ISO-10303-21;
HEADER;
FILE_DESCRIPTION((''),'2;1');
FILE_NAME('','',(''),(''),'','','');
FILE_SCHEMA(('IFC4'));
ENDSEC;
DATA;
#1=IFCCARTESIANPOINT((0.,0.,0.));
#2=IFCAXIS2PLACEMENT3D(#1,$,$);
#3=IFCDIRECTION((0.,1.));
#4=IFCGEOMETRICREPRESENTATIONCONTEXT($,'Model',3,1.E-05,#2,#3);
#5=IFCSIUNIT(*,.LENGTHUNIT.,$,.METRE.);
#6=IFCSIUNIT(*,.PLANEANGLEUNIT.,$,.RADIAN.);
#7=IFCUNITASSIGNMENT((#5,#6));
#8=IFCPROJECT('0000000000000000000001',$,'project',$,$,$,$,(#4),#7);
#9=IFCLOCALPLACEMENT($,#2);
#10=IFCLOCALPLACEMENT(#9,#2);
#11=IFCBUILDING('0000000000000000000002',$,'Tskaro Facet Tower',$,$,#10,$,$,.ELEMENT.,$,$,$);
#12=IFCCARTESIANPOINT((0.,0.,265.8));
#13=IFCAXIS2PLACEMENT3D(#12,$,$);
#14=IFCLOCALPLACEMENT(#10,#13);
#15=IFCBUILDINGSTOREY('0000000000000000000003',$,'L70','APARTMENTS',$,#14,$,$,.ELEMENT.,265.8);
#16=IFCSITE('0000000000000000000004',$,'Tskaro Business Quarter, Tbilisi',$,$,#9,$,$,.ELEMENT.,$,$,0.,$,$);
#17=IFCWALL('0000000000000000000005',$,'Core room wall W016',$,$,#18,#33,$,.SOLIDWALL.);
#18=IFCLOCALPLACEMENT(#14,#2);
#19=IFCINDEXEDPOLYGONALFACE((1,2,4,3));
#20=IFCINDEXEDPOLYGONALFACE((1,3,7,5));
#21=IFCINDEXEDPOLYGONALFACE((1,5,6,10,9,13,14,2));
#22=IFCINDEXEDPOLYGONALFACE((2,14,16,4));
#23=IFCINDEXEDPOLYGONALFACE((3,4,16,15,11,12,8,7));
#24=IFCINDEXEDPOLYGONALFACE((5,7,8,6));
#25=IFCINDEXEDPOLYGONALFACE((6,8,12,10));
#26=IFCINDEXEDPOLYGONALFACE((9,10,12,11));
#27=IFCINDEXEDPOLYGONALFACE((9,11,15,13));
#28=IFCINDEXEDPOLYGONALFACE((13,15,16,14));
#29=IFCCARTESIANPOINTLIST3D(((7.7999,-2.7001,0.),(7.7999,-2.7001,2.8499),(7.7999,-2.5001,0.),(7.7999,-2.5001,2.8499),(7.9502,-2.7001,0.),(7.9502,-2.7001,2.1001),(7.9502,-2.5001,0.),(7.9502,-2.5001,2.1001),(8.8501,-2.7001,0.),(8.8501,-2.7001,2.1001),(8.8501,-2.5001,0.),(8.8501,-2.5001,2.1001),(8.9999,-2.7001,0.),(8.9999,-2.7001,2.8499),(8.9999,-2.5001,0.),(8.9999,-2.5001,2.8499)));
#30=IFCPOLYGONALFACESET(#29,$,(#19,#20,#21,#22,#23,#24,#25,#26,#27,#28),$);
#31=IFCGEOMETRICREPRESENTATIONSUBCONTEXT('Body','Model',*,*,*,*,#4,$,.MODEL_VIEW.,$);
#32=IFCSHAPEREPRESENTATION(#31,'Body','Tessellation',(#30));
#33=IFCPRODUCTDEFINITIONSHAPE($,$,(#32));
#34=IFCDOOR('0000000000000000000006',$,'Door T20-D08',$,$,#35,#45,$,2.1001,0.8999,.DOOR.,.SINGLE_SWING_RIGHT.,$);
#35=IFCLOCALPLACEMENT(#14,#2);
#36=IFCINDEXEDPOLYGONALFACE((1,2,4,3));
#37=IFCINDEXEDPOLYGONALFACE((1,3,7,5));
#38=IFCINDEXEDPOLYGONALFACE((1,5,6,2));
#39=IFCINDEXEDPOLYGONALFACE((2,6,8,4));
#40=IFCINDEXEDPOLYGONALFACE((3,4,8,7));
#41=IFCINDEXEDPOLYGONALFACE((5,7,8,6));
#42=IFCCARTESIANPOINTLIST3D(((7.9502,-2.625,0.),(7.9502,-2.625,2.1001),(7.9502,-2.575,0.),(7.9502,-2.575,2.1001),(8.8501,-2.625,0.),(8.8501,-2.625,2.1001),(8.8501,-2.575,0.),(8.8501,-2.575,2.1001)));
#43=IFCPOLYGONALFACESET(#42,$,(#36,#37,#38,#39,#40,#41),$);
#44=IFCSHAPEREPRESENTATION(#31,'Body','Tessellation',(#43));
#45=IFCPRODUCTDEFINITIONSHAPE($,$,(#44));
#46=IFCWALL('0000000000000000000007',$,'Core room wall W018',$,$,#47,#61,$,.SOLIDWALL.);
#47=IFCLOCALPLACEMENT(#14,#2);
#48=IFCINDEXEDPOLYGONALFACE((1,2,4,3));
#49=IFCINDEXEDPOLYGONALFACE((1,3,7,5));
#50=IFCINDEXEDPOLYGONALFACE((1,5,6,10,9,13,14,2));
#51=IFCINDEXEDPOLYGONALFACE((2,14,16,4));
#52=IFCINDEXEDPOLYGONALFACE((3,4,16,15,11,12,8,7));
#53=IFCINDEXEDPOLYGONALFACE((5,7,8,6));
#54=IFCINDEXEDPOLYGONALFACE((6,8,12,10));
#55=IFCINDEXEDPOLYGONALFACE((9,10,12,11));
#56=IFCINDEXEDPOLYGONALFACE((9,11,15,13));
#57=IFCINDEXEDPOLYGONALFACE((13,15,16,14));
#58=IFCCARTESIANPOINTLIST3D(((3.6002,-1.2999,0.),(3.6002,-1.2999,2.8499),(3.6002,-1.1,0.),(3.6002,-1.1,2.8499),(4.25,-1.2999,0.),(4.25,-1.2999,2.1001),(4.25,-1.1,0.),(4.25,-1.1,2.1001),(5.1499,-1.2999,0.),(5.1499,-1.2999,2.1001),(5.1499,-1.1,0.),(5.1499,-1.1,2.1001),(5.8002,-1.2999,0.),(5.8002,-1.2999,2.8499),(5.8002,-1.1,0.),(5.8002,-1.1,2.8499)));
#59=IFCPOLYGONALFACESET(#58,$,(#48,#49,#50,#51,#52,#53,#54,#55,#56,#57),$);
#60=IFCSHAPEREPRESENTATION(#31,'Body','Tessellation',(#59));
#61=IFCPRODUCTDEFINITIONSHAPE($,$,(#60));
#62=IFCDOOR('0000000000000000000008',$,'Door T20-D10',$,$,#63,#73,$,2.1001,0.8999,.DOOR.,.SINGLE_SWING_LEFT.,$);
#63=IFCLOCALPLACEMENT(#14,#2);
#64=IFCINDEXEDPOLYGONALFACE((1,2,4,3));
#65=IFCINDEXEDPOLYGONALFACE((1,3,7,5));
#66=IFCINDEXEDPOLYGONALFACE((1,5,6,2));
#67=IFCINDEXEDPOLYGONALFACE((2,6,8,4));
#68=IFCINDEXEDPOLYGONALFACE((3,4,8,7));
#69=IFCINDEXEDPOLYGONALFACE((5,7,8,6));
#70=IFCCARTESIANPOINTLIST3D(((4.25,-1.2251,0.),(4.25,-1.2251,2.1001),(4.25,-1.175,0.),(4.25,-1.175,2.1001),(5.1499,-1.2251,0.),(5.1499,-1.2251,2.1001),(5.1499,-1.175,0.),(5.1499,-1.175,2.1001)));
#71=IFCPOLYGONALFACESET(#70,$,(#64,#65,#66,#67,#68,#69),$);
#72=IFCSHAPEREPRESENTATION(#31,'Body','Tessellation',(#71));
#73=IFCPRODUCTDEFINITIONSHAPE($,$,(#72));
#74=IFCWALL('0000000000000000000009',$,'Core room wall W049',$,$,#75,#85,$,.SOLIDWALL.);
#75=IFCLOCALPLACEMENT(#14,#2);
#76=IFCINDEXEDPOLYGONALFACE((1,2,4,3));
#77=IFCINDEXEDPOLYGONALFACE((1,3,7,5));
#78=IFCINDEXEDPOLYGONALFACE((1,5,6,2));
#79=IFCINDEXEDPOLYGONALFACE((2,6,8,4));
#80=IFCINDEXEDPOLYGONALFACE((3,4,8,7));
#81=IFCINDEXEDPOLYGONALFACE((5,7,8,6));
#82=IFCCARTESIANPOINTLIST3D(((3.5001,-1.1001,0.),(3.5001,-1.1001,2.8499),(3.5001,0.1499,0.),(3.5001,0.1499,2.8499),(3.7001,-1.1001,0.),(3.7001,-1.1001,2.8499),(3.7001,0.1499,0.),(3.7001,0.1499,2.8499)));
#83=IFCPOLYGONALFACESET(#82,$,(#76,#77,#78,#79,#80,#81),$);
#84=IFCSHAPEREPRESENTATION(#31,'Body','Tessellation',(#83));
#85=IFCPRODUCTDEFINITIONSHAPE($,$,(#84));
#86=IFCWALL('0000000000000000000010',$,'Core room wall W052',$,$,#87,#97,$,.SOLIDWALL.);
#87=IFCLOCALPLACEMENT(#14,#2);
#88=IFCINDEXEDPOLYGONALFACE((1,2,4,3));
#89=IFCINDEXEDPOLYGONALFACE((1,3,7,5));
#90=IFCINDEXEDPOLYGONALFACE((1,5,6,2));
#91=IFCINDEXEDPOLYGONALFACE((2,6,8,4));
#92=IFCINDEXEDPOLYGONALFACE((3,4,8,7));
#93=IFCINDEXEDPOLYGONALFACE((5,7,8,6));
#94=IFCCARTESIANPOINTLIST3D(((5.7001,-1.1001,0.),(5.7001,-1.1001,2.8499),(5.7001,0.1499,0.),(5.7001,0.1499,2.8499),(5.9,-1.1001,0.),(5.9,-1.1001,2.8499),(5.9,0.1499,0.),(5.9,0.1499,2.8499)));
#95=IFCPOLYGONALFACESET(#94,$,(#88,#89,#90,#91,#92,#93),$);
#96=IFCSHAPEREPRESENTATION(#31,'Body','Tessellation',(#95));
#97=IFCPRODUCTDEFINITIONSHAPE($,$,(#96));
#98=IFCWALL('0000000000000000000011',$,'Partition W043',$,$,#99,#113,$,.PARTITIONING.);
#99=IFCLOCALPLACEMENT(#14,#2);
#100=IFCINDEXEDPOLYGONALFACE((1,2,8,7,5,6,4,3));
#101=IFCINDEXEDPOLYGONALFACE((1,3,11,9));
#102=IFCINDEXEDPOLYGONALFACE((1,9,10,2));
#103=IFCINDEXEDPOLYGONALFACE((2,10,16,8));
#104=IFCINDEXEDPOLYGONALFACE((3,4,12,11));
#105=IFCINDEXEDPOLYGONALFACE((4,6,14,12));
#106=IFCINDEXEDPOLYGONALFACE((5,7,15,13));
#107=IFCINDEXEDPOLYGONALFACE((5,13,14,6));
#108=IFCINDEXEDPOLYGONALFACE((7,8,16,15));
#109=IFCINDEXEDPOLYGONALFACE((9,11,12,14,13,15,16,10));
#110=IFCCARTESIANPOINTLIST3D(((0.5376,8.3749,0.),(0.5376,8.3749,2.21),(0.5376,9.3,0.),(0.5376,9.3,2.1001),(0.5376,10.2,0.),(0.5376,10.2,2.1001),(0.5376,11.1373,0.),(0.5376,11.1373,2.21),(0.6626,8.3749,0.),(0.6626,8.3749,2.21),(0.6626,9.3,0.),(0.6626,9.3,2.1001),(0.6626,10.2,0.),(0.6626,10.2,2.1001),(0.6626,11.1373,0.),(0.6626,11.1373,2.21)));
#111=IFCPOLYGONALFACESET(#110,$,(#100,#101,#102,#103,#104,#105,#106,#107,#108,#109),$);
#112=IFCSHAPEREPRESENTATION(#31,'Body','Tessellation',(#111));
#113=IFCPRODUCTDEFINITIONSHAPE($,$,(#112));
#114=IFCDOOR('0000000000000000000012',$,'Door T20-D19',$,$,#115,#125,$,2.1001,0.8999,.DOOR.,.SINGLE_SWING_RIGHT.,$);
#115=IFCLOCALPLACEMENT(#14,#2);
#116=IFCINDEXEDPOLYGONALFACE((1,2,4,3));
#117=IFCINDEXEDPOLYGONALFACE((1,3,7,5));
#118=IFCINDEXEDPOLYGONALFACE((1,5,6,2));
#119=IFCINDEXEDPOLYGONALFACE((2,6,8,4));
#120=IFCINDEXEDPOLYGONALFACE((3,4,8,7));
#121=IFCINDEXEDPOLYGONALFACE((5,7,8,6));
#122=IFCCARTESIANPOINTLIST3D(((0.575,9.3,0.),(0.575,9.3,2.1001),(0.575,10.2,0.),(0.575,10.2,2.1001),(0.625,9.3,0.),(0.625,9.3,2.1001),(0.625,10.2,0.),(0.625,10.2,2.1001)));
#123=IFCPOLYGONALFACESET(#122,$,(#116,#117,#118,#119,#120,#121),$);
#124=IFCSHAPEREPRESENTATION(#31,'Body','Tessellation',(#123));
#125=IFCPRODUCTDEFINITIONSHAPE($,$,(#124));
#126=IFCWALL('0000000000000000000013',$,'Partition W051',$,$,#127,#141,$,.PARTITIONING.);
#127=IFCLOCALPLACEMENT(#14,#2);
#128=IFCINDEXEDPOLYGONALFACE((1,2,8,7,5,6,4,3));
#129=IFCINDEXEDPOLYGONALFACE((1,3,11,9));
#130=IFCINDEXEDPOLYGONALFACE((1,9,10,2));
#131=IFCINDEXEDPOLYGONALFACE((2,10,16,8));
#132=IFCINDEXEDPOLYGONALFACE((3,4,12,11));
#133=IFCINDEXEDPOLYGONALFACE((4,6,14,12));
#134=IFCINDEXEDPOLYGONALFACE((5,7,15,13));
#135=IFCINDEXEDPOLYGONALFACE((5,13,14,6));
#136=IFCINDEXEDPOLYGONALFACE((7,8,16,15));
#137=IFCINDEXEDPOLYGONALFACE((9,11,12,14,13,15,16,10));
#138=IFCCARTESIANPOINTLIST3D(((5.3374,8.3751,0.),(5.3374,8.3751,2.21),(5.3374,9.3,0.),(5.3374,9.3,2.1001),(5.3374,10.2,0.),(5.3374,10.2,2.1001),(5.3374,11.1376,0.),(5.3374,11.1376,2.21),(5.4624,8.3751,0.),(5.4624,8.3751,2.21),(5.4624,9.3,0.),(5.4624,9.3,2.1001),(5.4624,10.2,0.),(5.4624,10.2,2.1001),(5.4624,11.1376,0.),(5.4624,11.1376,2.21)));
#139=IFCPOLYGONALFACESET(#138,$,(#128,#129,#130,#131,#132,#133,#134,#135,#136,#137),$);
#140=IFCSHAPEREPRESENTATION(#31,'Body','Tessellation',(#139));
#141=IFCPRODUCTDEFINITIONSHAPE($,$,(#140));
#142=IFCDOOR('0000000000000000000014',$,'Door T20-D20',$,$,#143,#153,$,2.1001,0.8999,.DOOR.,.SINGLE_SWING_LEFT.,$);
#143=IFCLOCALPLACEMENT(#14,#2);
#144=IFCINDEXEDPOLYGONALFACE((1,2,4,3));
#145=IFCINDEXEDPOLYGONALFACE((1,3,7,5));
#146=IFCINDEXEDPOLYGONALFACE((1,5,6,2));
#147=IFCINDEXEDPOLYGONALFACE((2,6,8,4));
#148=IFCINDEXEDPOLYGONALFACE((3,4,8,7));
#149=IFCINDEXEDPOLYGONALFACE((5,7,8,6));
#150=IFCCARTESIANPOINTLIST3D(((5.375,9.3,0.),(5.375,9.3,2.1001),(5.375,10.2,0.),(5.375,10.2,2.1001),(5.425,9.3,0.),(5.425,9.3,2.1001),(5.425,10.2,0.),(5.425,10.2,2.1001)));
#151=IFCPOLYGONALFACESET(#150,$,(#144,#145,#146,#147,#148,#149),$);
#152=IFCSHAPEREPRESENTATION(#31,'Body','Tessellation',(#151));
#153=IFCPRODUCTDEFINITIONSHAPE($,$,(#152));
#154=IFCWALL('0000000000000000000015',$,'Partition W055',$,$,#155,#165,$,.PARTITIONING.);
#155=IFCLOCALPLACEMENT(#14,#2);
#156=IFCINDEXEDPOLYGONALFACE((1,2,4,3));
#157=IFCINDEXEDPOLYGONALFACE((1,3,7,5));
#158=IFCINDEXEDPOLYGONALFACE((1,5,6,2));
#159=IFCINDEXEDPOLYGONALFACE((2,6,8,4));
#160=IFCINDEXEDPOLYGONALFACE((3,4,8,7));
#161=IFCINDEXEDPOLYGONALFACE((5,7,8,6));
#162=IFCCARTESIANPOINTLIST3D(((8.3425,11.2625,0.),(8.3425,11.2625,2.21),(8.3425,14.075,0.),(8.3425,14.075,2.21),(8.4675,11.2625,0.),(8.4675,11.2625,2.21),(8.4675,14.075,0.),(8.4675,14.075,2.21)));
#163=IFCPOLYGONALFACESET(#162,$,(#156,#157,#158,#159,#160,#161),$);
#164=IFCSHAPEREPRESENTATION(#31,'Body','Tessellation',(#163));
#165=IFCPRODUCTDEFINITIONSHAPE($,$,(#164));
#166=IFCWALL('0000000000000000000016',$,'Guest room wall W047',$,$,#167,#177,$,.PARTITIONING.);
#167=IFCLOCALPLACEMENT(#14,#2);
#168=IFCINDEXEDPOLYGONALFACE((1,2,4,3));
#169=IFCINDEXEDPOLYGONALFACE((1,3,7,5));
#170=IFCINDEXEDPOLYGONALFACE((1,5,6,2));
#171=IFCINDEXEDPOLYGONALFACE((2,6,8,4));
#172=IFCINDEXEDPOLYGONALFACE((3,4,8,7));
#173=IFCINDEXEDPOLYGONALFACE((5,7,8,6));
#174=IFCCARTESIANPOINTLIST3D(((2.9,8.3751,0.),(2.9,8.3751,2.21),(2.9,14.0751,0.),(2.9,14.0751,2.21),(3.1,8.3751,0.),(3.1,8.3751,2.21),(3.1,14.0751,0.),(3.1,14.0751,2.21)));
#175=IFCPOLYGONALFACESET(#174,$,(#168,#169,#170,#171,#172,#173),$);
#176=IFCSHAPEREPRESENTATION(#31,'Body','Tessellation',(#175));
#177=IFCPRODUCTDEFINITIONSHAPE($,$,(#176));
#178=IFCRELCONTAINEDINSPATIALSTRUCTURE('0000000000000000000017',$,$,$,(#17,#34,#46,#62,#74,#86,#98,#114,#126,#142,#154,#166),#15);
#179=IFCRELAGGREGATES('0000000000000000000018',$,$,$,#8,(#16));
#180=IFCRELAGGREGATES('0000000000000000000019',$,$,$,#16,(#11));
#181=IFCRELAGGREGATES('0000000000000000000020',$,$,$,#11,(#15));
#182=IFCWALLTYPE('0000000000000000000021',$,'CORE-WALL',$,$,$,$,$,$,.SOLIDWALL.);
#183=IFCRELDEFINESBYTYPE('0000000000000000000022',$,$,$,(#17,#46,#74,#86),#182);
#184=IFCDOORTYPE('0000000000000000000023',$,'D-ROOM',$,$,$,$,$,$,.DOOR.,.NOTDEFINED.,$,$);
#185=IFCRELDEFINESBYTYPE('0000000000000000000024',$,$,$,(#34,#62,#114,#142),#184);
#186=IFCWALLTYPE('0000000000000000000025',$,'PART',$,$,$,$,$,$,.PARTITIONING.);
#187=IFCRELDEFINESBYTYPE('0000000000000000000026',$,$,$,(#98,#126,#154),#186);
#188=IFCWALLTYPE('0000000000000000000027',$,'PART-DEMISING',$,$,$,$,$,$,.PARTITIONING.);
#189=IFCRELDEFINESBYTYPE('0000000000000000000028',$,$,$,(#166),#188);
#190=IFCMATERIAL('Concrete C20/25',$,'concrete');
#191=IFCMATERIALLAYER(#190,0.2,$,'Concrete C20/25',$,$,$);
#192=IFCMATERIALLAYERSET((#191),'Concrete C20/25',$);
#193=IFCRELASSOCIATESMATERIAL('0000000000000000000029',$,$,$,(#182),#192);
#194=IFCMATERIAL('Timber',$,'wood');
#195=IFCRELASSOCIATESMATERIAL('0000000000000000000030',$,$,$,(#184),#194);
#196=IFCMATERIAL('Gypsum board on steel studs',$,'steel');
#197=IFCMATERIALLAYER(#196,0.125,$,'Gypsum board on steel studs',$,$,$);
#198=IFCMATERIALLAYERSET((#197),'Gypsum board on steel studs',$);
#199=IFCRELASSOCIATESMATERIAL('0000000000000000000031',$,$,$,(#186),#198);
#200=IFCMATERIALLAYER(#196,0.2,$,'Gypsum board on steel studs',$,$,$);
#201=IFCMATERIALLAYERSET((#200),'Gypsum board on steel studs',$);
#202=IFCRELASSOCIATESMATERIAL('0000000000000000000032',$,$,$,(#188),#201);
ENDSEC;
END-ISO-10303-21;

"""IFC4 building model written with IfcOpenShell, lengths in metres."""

from ifc_helpers import new_model, si_unit, direction, frame, frame_2d, origin, place, context, subcontext, project, spatial, rectangle, extrude, material, layer, layer_set, type_object, element, fill, save


model = new_model("IFC4")

# Units and contexts
model_context = context("Model", 3, precision=1e-05, world=origin(), true_north=direction((0.0, 1.0)))
body_context = subcontext(model_context, "Body", "Model", "MODEL_VIEW")
ifc_project = project(units=[si_unit("LENGTHUNIT", "METRE"), si_unit("PLANEANGLEUNIT", "RADIAN")], contexts=[model_context])

# Site, building, storey
site_placement = place(None, origin())
site = spatial("IfcSite", under=ifc_project, at=site_placement, Name="Tskaro Business Quarter, Tbilisi", CompositionType="ELEMENT", RefElevation=0.0)
building_placement = place(site_placement, origin())
building = spatial("IfcBuilding", under=site, at=building_placement, Name="Tskaro Facet Tower", CompositionType="ELEMENT")
storey_placement = place(building_placement, frame((0.0, 0.0, 265.8)))
storey = spatial("IfcBuildingStorey", under=building, at=storey_placement, Name="L70", Description="APARTMENTS", CompositionType="ELEMENT", Elevation=265.8)

# Shared definitions
ifc_material_1 = material(Name="Concrete C20/25", Category="concrete")
ifc_layer_1 = layer(ifc_material_1, 0.2, Name="Concrete C20/25")
ifc_layer_set_1 = layer_set([ifc_layer_1], Name="Concrete C20/25")
wall_type_1 = type_object("IfcWallType", Name="CORE-WALL", PredefinedType="SOLIDWALL", material=ifc_layer_set_1)
ifc_material_2 = material(Name="Timber", Category="wood")
door_type_1 = type_object("IfcDoorType", Name="D-ROOM", OperationType="NOTDEFINED", PredefinedType="DOOR", material=ifc_material_2)

# Walls, openings, doors
wall_1_placement = place(storey_placement, frame((9.0, -2.6001, 0.0), z_axis=(0.0, 0.0, 1.0), x_axis=(-1.0, 0.0, 0.0)))
wall_1 = element("IfcWall", 1, at=wall_1_placement, inside=storey, type_object=wall_type_1, Name="Core room wall W016", PredefinedType="SOLIDWALL", context=body_context, shape_type="SweptSolid", body=[
    extrude(rectangle(XDim=1.2, YDim=0.2, at=frame_2d((0.6001, 0.0))), origin(), (0.0, 0.0, 1.0), 2.8499),
])
opening_1_placement = place(wall_1_placement, frame((0.1499, 0.0, 0.0)))
opening_1 = element("IfcOpeningElement", 2, at=opening_1_placement, cuts=wall_1, PredefinedType="OPENING", context=body_context, shape_type="SweptSolid", body=[
    extrude(rectangle(XDim=0.8999, YDim=2.1001, at=frame_2d((0.45, 1.05))), frame((0.0, 0.1099, 0.0), z_axis=(0.0, -1.0, 0.0), x_axis=(1.0, 0.0, 0.0)), (0.0, 0.0, 1.0), 0.22),
])
door_1_placement = place(opening_1_placement, origin())
door_1 = element("IfcDoor", 3, at=door_1_placement, inside=storey, type_object=door_type_1, Name="Door T20-D08", OperationType="SINGLE_SWING_RIGHT", OverallHeight=2.1001, OverallWidth=0.8999, PredefinedType="DOOR", context=body_context, shape_type="SweptSolid", body=[
    extrude(rectangle(XDim=0.8999, YDim=2.1001, at=frame_2d((0.45, 1.05))), frame((0.0, 0.0249, 0.0), z_axis=(0.0, -1.0, 0.0), x_axis=(1.0, 0.0, 0.0)), (0.0, 0.0, 1.0), 0.05),
])
fill(opening_1, door_1)
wall_2_placement = place(storey_placement, frame((3.6001, -1.2, 0.0), z_axis=(0.0, 0.0, 1.0), x_axis=(1.0, 0.0, 0.0)))
wall_2 = element("IfcWall", 4, at=wall_2_placement, inside=storey, type_object=wall_type_1, Name="Core room wall W018", PredefinedType="SOLIDWALL", context=body_context, shape_type="SweptSolid", body=[
    extrude(rectangle(XDim=2.2, YDim=0.2, at=frame_2d((1.1001, 0.0))), origin(), (0.0, 0.0, 1.0), 2.8499),
])
opening_2_placement = place(wall_2_placement, frame((0.6499, 0.0, 0.0)))
opening_2 = element("IfcOpeningElement", 5, at=opening_2_placement, cuts=wall_2, PredefinedType="OPENING", context=body_context, shape_type="SweptSolid", body=[
    extrude(rectangle(XDim=0.8999, YDim=2.1001, at=frame_2d((0.45, 1.05))), frame((0.0, 0.1099, 0.0), z_axis=(0.0, -1.0, 0.0), x_axis=(1.0, 0.0, 0.0)), (0.0, 0.0, 1.0), 0.22),
])
door_2_placement = place(opening_2_placement, origin())
door_2 = element("IfcDoor", 6, at=door_2_placement, inside=storey, type_object=door_type_1, Name="Door T20-D10", OperationType="SINGLE_SWING_LEFT", OverallHeight=2.1001, OverallWidth=0.8999, PredefinedType="DOOR", context=body_context, shape_type="SweptSolid", body=[
    extrude(rectangle(XDim=0.8999, YDim=2.1001, at=frame_2d((0.45, 1.05))), frame((0.0, 0.0249, 0.0), z_axis=(0.0, -1.0, 0.0), x_axis=(1.0, 0.0, 0.0)), (0.0, 0.0, 1.0), 0.05),
])
fill(opening_2, door_2)

# Walls
for number, where, z_axis, x_axis, name in (
    (7, (3.6001, -1.1001, 0.0), (0.0, 0.0, 1.0), (0.0, 1.0, 0.0), "Core room wall W049"),
    (8, (5.8, -1.1001, 0.0), (0.0, 0.0, 1.0), (0.0, 1.0, 0.0), "Core room wall W052"),
):
    element("IfcWall", number, at=place(storey_placement, frame(where, z_axis=z_axis, x_axis=x_axis)), inside=storey, type_object=wall_type_1, Name=name, PredefinedType="SOLIDWALL", context=body_context, shape_type="SweptSolid", body=[
        extrude(rectangle(XDim=1.25, YDim=0.2, at=frame_2d((0.625, 0.0))), origin(), (0.0, 0.0, 1.0), 2.8499),
    ])

# Walls, openings, doors
ifc_material_3 = material(Name="Gypsum board on steel studs", Category="steel")
ifc_layer_2 = layer(ifc_material_3, 0.125, Name="Gypsum board on steel studs")
ifc_layer_set_2 = layer_set([ifc_layer_2], Name="Gypsum board on steel studs")
wall_type_2 = type_object("IfcWallType", Name="PART", PredefinedType="PARTITIONING", material=ifc_layer_set_2)
wall_3_placement = place(storey_placement, frame((0.6001, 11.1375, 0.0), z_axis=(0.0, 0.0, 1.0), x_axis=(0.0, -1.0, 0.0)))
wall_3 = element("IfcWall", 9, at=wall_3_placement, inside=storey, type_object=wall_type_2, Name="Partition W043", PredefinedType="PARTITIONING", context=body_context, shape_type="SweptSolid", body=[
    extrude(rectangle(XDim=2.7625, YDim=0.125, at=frame_2d((1.3813, 0.0))), origin(), (0.0, 0.0, 1.0), 2.21),
])
opening_3_placement = place(wall_3_placement, frame((0.9375, 0.0, 0.0)))
opening_3 = element("IfcOpeningElement", 10, at=opening_3_placement, cuts=wall_3, PredefinedType="OPENING", context=body_context, shape_type="SweptSolid", body=[
    extrude(rectangle(XDim=0.8999, YDim=2.1001, at=frame_2d((0.45, 1.05))), frame((0.0, 0.0725, 0.0), z_axis=(0.0, -1.0, 0.0), x_axis=(1.0, 0.0, 0.0)), (0.0, 0.0, 1.0), 0.145),
])
door_3_placement = place(opening_3_placement, origin())
door_3 = element("IfcDoor", 11, at=door_3_placement, inside=storey, type_object=door_type_1, Name="Door T20-D19", OperationType="SINGLE_SWING_RIGHT", OverallHeight=2.1001, OverallWidth=0.8999, PredefinedType="DOOR", context=body_context, shape_type="SweptSolid", body=[
    extrude(rectangle(XDim=0.8999, YDim=2.1001, at=frame_2d((0.45, 1.05))), frame((0.0, 0.0249, 0.0), z_axis=(0.0, -1.0, 0.0), x_axis=(1.0, 0.0, 0.0)), (0.0, 0.0, 1.0), 0.05),
])
fill(opening_3, door_3)
wall_4_placement = place(storey_placement, frame((5.3999, 8.375, 0.0), z_axis=(0.0, 0.0, 1.0), x_axis=(0.0, 1.0, 0.0)))
wall_4 = element("IfcWall", 12, at=wall_4_placement, inside=storey, type_object=wall_type_2, Name="Partition W051", PredefinedType="PARTITIONING", context=body_context, shape_type="SweptSolid", body=[
    extrude(rectangle(XDim=2.7625, YDim=0.125, at=frame_2d((1.3813, 0.0))), origin(), (0.0, 0.0, 1.0), 2.21),
])
opening_4_placement = place(wall_4_placement, frame((0.925, 0.0, 0.0)))
opening_4 = element("IfcOpeningElement", 13, at=opening_4_placement, cuts=wall_4, PredefinedType="OPENING", context=body_context, shape_type="SweptSolid", body=[
    extrude(rectangle(XDim=0.8999, YDim=2.1001, at=frame_2d((0.45, 1.05))), frame((0.0, 0.0725, 0.0), z_axis=(0.0, -1.0, 0.0), x_axis=(1.0, 0.0, 0.0)), (0.0, 0.0, 1.0), 0.145),
])
door_4_placement = place(opening_4_placement, origin())
door_4 = element("IfcDoor", 14, at=door_4_placement, inside=storey, type_object=door_type_1, Name="Door T20-D20", OperationType="SINGLE_SWING_LEFT", OverallHeight=2.1001, OverallWidth=0.8999, PredefinedType="DOOR", context=body_context, shape_type="SweptSolid", body=[
    extrude(rectangle(XDim=0.8999, YDim=2.1001, at=frame_2d((0.45, 1.05))), frame((0.0, 0.0249, 0.0), z_axis=(0.0, -1.0, 0.0), x_axis=(1.0, 0.0, 0.0)), (0.0, 0.0, 1.0), 0.05),
])
fill(opening_4, door_4)

# Walls
wall_5_placement = place(storey_placement, frame((8.405, 11.2625, 0.0), z_axis=(0.0, 0.0, 1.0), x_axis=(0.0, 1.0, 0.0)))
element("IfcWall", 15, at=wall_5_placement, inside=storey, type_object=wall_type_2, Name="Partition W055", PredefinedType="PARTITIONING", context=body_context, shape_type="SweptSolid", body=[
    extrude(rectangle(XDim=2.8125, YDim=0.125, at=frame_2d((1.4062, 0.0))), origin(), (0.0, 0.0, 1.0), 2.21),
])
ifc_layer_3 = layer(ifc_material_3, 0.2, Name="Gypsum board on steel studs")
ifc_layer_set_3 = layer_set([ifc_layer_3], Name="Gypsum board on steel studs")
wall_type_3 = type_object("IfcWallType", Name="PART-DEMISING", PredefinedType="PARTITIONING", material=ifc_layer_set_3)
wall_6_placement = place(storey_placement, frame((3.0, 8.375, 0.0), z_axis=(0.0, 0.0, 1.0), x_axis=(0.0, 1.0, 0.0)))
element("IfcWall", 16, at=wall_6_placement, inside=storey, type_object=wall_type_3, Name="Guest room wall W047", PredefinedType="PARTITIONING", context=body_context, shape_type="SweptSolid", body=[
    extrude(rectangle(XDim=5.7, YDim=0.2, at=frame_2d((2.8501, 0.0))), origin(), (0.0, 0.0, 1.0), 2.21),
])

save(model, "model.ifc")
